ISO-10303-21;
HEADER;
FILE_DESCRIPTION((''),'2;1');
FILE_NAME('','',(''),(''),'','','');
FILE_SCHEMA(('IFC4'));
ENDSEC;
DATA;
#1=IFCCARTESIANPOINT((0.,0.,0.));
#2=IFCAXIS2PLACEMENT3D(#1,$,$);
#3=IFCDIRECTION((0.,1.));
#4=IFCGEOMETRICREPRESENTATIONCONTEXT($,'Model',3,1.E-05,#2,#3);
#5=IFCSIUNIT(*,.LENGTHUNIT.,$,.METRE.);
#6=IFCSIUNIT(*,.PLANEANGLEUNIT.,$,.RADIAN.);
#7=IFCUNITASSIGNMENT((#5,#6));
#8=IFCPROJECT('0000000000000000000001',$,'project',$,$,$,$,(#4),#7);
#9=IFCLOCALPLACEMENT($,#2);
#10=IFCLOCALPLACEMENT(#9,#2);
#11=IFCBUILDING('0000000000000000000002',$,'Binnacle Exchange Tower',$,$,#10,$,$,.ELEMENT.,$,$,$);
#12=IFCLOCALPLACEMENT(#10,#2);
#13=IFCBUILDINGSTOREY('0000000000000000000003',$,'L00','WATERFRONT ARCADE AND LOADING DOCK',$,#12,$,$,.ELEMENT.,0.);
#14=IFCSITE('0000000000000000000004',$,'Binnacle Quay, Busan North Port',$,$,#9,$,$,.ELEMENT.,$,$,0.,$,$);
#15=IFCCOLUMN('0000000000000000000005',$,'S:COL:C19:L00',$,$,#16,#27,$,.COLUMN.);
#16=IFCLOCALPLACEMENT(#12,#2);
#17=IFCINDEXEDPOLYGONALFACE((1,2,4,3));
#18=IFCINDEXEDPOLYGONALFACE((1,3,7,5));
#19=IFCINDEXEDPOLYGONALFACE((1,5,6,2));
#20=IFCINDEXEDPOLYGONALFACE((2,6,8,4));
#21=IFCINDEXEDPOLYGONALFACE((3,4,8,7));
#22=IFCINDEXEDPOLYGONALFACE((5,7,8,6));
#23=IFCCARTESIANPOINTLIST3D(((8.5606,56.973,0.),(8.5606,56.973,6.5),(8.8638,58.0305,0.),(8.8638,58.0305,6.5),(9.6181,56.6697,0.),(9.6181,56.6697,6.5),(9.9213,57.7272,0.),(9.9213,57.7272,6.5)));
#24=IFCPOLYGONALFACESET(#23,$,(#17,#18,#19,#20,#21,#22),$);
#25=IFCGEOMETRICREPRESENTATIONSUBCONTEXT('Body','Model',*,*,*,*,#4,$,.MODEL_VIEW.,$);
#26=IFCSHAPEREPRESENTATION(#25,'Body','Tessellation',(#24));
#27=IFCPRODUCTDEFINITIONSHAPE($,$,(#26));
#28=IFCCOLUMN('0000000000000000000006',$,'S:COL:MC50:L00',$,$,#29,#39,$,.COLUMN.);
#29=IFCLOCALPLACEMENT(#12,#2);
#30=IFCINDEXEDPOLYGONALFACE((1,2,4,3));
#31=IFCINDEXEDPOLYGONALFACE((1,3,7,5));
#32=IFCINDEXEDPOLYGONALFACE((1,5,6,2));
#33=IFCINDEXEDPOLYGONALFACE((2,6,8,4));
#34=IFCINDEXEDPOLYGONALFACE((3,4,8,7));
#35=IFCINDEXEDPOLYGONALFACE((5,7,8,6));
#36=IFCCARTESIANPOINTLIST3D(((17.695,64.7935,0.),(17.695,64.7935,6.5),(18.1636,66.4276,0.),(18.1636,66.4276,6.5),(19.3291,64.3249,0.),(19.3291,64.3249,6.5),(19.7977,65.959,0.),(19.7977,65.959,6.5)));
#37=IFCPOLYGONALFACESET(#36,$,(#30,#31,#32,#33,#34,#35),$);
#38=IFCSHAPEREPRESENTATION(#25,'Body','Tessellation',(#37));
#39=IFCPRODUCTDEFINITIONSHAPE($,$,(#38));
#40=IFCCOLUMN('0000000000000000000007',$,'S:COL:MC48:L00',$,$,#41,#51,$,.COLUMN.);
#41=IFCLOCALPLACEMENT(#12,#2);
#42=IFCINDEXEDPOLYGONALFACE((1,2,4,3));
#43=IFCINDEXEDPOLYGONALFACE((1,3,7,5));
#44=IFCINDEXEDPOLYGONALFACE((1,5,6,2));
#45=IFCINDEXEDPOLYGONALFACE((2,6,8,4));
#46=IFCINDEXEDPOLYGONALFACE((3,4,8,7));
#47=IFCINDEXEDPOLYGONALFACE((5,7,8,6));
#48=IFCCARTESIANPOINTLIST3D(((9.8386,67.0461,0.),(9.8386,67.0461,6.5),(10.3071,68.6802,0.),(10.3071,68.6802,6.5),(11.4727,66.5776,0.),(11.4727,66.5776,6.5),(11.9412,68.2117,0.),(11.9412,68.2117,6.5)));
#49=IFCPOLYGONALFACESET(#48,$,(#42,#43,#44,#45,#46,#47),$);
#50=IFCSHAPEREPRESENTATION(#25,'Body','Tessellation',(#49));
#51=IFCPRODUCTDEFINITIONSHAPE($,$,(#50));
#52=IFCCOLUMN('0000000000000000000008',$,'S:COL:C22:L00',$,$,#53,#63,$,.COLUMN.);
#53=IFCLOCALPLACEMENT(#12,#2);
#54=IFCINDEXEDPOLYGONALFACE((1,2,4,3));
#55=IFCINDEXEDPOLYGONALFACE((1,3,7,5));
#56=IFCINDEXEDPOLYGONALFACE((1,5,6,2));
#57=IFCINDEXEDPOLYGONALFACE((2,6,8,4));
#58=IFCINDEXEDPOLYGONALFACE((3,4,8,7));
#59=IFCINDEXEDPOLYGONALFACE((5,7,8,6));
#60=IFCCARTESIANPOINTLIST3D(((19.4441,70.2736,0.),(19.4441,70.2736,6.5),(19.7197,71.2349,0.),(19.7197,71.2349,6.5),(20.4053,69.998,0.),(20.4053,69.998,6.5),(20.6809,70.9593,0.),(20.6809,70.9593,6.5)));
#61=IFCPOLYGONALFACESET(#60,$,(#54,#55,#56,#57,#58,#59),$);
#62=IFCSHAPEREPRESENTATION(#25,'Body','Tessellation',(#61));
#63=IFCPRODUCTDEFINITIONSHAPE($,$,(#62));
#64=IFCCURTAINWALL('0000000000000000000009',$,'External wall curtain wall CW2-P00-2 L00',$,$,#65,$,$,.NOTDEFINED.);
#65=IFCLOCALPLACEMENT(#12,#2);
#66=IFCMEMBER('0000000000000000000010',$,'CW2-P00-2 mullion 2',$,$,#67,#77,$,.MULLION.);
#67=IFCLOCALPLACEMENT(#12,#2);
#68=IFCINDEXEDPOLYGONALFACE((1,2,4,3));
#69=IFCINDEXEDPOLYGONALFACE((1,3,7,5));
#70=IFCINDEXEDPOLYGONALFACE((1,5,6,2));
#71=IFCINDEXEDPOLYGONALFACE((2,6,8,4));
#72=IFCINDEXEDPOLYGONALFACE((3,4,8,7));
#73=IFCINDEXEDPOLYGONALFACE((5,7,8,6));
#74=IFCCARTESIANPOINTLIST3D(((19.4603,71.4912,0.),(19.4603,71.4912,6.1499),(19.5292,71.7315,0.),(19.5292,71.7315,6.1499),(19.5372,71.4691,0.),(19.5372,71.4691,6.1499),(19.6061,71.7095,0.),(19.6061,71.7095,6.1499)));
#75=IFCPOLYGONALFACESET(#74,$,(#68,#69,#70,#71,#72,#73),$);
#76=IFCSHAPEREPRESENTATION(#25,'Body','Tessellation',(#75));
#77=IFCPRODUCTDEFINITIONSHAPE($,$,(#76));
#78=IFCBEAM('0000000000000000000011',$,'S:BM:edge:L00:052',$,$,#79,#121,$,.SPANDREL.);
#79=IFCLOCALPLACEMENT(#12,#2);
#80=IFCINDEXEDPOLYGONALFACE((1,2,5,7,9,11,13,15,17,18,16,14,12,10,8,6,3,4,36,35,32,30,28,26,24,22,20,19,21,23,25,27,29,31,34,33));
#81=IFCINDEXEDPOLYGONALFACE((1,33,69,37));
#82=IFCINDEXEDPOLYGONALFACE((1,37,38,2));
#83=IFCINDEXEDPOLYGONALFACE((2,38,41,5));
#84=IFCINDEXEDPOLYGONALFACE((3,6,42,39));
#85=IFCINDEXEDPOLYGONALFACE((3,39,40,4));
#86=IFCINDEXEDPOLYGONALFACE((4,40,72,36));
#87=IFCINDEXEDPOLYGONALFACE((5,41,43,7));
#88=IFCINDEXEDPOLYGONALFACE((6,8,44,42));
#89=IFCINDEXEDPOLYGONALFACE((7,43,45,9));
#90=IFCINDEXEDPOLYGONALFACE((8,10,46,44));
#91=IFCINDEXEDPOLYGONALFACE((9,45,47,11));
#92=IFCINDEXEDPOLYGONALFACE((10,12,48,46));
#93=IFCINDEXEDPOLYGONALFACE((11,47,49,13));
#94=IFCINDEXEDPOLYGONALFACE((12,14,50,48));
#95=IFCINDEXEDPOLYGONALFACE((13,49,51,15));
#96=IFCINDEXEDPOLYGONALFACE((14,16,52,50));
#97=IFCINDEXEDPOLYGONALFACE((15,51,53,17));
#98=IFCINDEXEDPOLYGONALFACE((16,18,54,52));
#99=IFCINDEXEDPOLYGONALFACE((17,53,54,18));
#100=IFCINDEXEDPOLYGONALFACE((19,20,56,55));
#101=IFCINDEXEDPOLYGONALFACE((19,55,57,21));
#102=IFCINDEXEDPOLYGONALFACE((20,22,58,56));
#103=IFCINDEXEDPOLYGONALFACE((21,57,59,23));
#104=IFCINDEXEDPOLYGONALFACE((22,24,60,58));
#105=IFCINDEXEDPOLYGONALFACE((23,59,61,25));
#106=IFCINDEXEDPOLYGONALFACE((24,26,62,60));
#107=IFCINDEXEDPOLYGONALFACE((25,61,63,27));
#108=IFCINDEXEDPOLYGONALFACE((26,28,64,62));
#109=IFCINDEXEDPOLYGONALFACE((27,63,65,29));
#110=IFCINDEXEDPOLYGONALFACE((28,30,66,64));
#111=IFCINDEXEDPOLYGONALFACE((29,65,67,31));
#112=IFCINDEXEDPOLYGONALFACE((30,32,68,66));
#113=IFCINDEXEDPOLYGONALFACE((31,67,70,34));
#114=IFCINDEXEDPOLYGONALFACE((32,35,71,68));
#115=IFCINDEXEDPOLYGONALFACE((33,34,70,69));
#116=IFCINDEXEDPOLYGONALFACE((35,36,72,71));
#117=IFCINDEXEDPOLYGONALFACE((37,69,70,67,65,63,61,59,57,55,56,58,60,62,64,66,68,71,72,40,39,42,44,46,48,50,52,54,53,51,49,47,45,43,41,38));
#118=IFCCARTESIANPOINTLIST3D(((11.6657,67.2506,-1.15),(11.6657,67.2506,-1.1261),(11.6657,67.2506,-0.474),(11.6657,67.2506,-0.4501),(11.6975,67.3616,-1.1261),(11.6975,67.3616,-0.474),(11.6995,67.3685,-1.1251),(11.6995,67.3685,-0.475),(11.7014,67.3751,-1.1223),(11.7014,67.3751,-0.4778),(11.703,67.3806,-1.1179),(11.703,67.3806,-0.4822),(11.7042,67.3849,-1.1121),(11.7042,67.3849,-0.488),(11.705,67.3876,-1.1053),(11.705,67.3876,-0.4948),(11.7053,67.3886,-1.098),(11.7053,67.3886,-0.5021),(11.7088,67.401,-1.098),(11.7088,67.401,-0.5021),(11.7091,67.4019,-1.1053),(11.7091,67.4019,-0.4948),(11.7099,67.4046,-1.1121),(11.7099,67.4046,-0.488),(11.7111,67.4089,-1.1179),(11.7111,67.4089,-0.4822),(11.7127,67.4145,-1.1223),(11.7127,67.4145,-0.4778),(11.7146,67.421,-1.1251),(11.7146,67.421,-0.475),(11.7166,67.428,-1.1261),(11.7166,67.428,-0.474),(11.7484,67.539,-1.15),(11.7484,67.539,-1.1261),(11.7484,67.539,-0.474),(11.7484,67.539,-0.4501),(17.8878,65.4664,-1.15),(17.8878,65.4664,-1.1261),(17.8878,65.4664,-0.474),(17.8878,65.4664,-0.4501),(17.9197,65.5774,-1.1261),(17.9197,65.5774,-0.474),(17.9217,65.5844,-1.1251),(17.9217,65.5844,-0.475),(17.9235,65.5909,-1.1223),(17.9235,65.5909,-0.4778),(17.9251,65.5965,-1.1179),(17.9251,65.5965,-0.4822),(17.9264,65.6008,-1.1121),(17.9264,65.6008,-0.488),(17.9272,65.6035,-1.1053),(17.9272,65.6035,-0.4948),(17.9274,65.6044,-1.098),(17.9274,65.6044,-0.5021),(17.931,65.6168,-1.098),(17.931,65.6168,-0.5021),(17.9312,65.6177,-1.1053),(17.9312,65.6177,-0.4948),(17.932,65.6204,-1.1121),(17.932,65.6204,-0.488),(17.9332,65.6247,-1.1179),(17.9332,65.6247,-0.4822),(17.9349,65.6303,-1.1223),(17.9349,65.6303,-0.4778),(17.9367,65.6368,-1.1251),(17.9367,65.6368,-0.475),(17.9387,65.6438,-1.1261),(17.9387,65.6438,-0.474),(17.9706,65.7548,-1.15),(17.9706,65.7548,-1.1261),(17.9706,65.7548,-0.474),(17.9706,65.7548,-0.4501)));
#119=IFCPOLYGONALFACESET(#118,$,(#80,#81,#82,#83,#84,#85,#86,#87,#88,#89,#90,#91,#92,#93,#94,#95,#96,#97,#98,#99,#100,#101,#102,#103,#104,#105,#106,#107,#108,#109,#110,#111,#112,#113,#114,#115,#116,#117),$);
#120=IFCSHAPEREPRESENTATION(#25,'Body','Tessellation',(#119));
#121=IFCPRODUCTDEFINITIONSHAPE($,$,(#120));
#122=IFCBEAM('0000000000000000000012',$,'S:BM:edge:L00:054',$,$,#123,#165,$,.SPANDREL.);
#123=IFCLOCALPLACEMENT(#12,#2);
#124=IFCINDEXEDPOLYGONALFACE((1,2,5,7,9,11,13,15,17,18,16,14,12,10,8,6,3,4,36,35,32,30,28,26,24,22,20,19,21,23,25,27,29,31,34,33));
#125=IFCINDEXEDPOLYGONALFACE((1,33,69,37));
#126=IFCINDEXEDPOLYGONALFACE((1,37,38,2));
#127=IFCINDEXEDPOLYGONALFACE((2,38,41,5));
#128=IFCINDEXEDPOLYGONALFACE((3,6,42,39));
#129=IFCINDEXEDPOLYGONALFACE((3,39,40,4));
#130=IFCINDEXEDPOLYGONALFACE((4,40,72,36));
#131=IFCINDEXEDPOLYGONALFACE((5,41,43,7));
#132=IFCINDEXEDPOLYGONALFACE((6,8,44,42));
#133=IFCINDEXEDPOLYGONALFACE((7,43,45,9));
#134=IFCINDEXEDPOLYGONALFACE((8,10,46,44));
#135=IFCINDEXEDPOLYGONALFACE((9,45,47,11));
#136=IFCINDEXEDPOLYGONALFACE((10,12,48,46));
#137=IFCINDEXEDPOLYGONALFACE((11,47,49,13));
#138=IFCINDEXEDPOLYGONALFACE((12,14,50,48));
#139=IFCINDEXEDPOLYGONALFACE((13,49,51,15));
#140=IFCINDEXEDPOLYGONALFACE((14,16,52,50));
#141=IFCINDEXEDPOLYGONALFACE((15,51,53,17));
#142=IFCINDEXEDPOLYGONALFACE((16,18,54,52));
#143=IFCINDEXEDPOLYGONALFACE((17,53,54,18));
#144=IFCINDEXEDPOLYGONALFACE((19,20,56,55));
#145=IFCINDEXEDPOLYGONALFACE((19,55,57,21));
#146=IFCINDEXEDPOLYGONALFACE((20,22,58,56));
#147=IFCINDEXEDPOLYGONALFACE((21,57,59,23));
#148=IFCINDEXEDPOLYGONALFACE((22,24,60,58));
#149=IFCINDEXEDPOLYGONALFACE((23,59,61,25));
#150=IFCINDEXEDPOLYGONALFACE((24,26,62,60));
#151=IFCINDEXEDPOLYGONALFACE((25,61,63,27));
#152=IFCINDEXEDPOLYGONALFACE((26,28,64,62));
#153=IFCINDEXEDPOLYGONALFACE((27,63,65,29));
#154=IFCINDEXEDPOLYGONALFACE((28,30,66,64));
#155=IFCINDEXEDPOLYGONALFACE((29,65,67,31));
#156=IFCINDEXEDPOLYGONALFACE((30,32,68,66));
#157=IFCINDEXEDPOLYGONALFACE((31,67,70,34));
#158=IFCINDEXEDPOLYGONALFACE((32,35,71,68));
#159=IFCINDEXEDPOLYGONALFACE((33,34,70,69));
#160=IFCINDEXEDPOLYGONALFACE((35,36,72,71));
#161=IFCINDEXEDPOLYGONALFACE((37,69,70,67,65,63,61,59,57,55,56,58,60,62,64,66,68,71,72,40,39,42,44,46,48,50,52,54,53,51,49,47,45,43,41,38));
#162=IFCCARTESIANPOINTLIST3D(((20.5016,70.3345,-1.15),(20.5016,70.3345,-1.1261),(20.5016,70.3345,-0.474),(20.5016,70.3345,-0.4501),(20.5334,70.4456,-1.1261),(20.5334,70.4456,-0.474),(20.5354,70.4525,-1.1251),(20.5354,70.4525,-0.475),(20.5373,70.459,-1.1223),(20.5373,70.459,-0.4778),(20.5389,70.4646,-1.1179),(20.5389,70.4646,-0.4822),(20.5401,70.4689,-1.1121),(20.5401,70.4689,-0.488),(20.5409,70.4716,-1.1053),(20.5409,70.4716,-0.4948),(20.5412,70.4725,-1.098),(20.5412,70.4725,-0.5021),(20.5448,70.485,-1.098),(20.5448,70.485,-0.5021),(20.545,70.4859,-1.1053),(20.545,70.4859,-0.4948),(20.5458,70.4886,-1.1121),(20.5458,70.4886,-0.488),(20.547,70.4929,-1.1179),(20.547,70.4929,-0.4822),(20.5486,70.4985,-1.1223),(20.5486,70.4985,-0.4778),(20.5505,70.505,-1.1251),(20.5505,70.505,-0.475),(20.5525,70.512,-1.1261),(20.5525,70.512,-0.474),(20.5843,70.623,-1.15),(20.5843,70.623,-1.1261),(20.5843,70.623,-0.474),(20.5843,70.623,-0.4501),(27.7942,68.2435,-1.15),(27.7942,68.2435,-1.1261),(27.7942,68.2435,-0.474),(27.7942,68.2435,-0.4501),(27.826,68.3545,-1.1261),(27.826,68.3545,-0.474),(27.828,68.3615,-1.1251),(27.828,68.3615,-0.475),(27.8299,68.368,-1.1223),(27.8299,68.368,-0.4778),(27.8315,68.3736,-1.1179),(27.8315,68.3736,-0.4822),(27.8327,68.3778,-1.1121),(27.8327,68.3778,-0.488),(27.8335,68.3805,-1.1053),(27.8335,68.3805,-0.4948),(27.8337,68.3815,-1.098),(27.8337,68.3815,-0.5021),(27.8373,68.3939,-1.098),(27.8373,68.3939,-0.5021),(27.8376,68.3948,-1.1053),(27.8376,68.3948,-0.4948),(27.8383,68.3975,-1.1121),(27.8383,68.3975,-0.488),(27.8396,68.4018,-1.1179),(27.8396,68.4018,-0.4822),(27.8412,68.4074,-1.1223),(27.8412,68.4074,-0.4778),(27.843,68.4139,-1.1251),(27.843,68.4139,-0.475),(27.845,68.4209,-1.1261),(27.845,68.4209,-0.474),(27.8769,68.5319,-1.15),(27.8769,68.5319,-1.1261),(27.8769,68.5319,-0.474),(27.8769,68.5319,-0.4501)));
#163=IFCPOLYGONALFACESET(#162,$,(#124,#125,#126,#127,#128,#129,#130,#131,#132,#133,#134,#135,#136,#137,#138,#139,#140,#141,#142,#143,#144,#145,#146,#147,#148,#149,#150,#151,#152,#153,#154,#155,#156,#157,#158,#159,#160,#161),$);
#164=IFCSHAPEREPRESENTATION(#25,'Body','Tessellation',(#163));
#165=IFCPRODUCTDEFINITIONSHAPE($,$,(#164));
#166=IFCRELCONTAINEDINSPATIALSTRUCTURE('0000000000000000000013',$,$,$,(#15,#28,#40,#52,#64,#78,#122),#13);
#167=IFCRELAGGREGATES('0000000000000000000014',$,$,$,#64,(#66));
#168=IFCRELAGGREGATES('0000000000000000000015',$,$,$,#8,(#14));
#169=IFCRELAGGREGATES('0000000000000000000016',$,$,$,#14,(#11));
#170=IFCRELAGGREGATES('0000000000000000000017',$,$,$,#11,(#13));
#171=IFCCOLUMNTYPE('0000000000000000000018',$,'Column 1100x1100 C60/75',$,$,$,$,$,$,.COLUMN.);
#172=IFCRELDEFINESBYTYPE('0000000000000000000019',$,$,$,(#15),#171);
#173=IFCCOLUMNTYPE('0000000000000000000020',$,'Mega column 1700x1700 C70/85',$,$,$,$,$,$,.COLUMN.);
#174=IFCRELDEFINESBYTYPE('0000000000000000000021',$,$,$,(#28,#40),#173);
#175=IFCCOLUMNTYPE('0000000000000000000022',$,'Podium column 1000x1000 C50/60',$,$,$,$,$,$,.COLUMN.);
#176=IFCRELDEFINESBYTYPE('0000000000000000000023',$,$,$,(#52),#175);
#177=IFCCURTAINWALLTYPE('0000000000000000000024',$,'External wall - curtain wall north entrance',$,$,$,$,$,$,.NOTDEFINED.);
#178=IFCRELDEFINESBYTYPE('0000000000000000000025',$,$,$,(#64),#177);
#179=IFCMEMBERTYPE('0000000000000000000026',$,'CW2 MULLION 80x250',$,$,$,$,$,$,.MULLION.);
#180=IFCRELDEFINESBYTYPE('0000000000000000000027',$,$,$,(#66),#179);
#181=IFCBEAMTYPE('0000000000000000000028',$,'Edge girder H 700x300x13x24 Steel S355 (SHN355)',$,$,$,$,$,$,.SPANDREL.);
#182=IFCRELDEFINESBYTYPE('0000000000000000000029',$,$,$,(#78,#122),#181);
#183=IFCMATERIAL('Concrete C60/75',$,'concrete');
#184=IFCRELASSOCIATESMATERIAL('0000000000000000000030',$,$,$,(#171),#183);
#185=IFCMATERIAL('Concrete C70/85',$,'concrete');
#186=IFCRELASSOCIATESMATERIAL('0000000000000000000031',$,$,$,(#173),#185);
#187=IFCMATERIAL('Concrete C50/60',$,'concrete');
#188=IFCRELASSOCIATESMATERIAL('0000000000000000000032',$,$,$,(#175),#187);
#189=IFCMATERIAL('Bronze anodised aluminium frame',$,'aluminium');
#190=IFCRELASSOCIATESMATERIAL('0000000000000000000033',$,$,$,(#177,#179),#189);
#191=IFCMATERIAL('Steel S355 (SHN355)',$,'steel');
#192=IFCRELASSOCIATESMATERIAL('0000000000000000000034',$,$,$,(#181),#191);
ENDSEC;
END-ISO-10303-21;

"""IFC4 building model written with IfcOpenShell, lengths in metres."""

from ifc_helpers import new_model, si_unit, direction, frame, origin, origin_2d, place, context, subcontext, project, spatial, rectangle, i_section, extrude, material, material_profile, profile_set, type_object, element, aggregate, save


model = new_model("IFC4")

# Units and contexts
model_context = context("Model", 3, precision=1e-05, world=origin(), true_north=direction((0.0, 1.0)))
body_context = subcontext(model_context, "Body", "Model", "MODEL_VIEW")
ifc_project = project(units=[si_unit("LENGTHUNIT", "METRE"), si_unit("PLANEANGLEUNIT", "RADIAN")], contexts=[model_context])

# Site, building, storey
site_placement = place(None, origin())
site = spatial("IfcSite", under=ifc_project, at=site_placement, Name="Binnacle Quay, Busan North Port", CompositionType="ELEMENT", RefElevation=0.0)
building_placement = place(site_placement, origin())
building = spatial("IfcBuilding", under=site, at=building_placement, Name="Binnacle Exchange Tower", CompositionType="ELEMENT")
storey_placement = place(building_placement, origin())
storey = spatial("IfcBuildingStorey", under=building, at=storey_placement, Name="L00", Description="WATERFRONT ARCADE AND LOADING DOCK", CompositionType="ELEMENT", Elevation=0.0)

# Columns
ifc_material_1 = material(Name="Concrete C60/75", Category="concrete")
ifc_material_profile_1 = material_profile(ifc_material_1, rectangle(XDim=1.1001, YDim=1.1001, at=origin_2d()), Name="Column 1100x1100 C60/75")
ifc_profile_set_1 = profile_set([ifc_material_profile_1], Name="Concrete C60/75")
column_type_1 = type_object("IfcColumnType", Name="Column 1100x1100 C60/75", PredefinedType="COLUMN", material=ifc_profile_set_1)
column_1_placement = place(storey_placement, frame((9.241, 57.3501, 0.0), z_axis=(0.0, 0.0, 1.0), x_axis=(0.961262, -0.275637, 0.0)))
element("IfcColumn", 1, at=column_1_placement, inside=storey, type_object=column_type_1, Name="S:COL:C19:L00", PredefinedType="COLUMN", context=body_context, shape_type="SweptSolid", body=[
    extrude(rectangle(XDim=1.1001, YDim=1.1001, at=origin_2d()), origin(), (0.0, 0.0, 1.0), 6.5),
])
ifc_material_2 = material(Name="Concrete C70/85", Category="concrete")
ifc_material_profile_2 = material_profile(ifc_material_2, rectangle(XDim=1.7, YDim=1.7, at=origin_2d()), Name="Mega column 1700x1700 C70/85")
ifc_profile_set_2 = profile_set([ifc_material_profile_2], Name="Concrete C70/85")
column_type_2 = type_object("IfcColumnType", Name="Mega column 1700x1700 C70/85", PredefinedType="COLUMN", material=ifc_profile_set_2)
for number, where, z_axis, x_axis, name in (
    (2, (18.7463, 65.3762, 0.0), (0.0, 0.0, 1.0), (-0.961262, 0.275637, 0.0), "S:COL:MC50:L00"),
    (3, (10.8899, 67.6289, 0.0), (0.0, 0.0, 1.0), (-0.961262, 0.275637, 0.0), "S:COL:MC48:L00"),
):
    element("IfcColumn", number, at=place(storey_placement, frame(where, z_axis=z_axis, x_axis=x_axis)), inside=storey, type_object=column_type_2, Name=name, PredefinedType="COLUMN", context=body_context, shape_type="SweptSolid", body=[
        extrude(rectangle(XDim=1.7, YDim=1.7, at=origin_2d()), origin(), (0.0, 0.0, 1.0), 6.5),
    ])
ifc_material_3 = material(Name="Concrete C50/60", Category="concrete")
ifc_material_profile_3 = material_profile(ifc_material_3, rectangle(XDim=1.0, YDim=1.0, at=origin_2d()), Name="Podium column 1000x1000 C50/60")
ifc_profile_set_3 = profile_set([ifc_material_profile_3], Name="Concrete C50/60")
column_type_3 = type_object("IfcColumnType", Name="Podium column 1000x1000 C50/60", PredefinedType="COLUMN", material=ifc_profile_set_3)
column_2_placement = place(storey_placement, frame((20.0625, 70.6165, 0.0), z_axis=(0.0, 0.0, 1.0), x_axis=(-0.961262, 0.275637, 0.0)))
element("IfcColumn", 4, at=column_2_placement, inside=storey, type_object=column_type_3, Name="S:COL:C22:L00", PredefinedType="COLUMN", context=body_context, shape_type="SweptSolid", body=[
    extrude(rectangle(XDim=1.0, YDim=1.0, at=origin_2d()), origin(), (0.0, 0.0, 1.0), 6.5),
])

# Curtain wall, member
ifc_material_4 = material(Name="Bronze anodised aluminium frame", Category="aluminium")
curtain_wall_type = type_object("IfcCurtainWallType", Name="External wall - curtain wall north entrance", PredefinedType="NOTDEFINED", material=ifc_material_4)
curtain_wall_placement = place(storey_placement, origin())
curtain_wall = element("IfcCurtainWall", 5, at=curtain_wall_placement, inside=storey, type_object=curtain_wall_type, Name="External wall curtain wall CW2-P00-2 L00", PredefinedType="NOTDEFINED")
ifc_material_profile_4 = material_profile(ifc_material_4, rectangle(XDim=0.25, YDim=0.0801, at=origin_2d()), Name="AL 80x250")
ifc_profile_set_4 = profile_set([ifc_material_profile_4], Name="Bronze anodised aluminium frame")
member_type = type_object("IfcMemberType", Name="CW2 MULLION 80x250", PredefinedType="MULLION", material=ifc_profile_set_4)
member_placement = place(storey_placement, frame((19.5332, 71.6003, 0.0), z_axis=(0.0, 0.0, 1.0), x_axis=(-0.275637, -0.961262, 0.0)))
member = element("IfcMember", 6, at=member_placement, type_object=member_type, Name="CW2-P00-2 mullion 2", PredefinedType="MULLION", context=body_context, shape_type="SweptSolid", body=[
    extrude(rectangle(XDim=0.25, YDim=0.0801, at=origin_2d()), origin(), (0.0, 0.0, 1.0), 6.1499),
])
aggregate(curtain_wall, [member])

# Beams
ifc_material_5 = material(Name="Steel S355 (SHN355)", Category="steel")
ifc_material_profile_5 = material_profile(ifc_material_5, i_section(OverallWidth=0.3, OverallDepth=0.7, WebThickness=0.0129, FlangeThickness=0.0239, FilletRadius=0.0281, at=origin_2d()), Name="H 700x300x13x24")
ifc_profile_set_5 = profile_set([ifc_material_profile_5], Name="Steel S355 (SHN355)")
beam_type_1 = type_object("IfcBeamType", Name="Edge girder H 700x300x13x24 Steel S355 (SHN355)", PredefinedType="SPANDREL", material=ifc_profile_set_5)
beam_1_placement = place(storey_placement, frame((17.9292, 65.6106, -0.8), z_axis=(-0.961262, 0.275638, 0.0), x_axis=(-0.275638, -0.961262, 0.0)))
element("IfcBeam", 7, at=beam_1_placement, inside=storey, type_object=beam_type_1, Name="S:BM:edge:L00:052", PredefinedType="SPANDREL", context=body_context, shape_type="SweptSolid", body=[
    extrude(i_section(OverallWidth=0.3, OverallDepth=0.7, WebThickness=0.0129, FlangeThickness=0.0239, FilletRadius=0.0281, at=origin_2d()), origin(), (0.0, 0.0, 1.0), 6.4729),
])
beam_2_placement = place(storey_placement, frame((20.543, 70.4788, -0.8), z_axis=(0.961262, -0.275635, 0.0), x_axis=(0.275635, 0.961262, 0.0)))
element("IfcBeam", 8, at=beam_2_placement, inside=storey, type_object=beam_type_1, Name="S:BM:edge:L00:054", PredefinedType="SPANDREL", context=body_context, shape_type="SweptSolid", body=[
    extrude(i_section(OverallWidth=0.3, OverallDepth=0.7, WebThickness=0.0129, FlangeThickness=0.0239, FilletRadius=0.0281, at=origin_2d()), origin(), (0.0, 0.0, 1.0), 7.5864),
])

save(model, "model.ifc")
